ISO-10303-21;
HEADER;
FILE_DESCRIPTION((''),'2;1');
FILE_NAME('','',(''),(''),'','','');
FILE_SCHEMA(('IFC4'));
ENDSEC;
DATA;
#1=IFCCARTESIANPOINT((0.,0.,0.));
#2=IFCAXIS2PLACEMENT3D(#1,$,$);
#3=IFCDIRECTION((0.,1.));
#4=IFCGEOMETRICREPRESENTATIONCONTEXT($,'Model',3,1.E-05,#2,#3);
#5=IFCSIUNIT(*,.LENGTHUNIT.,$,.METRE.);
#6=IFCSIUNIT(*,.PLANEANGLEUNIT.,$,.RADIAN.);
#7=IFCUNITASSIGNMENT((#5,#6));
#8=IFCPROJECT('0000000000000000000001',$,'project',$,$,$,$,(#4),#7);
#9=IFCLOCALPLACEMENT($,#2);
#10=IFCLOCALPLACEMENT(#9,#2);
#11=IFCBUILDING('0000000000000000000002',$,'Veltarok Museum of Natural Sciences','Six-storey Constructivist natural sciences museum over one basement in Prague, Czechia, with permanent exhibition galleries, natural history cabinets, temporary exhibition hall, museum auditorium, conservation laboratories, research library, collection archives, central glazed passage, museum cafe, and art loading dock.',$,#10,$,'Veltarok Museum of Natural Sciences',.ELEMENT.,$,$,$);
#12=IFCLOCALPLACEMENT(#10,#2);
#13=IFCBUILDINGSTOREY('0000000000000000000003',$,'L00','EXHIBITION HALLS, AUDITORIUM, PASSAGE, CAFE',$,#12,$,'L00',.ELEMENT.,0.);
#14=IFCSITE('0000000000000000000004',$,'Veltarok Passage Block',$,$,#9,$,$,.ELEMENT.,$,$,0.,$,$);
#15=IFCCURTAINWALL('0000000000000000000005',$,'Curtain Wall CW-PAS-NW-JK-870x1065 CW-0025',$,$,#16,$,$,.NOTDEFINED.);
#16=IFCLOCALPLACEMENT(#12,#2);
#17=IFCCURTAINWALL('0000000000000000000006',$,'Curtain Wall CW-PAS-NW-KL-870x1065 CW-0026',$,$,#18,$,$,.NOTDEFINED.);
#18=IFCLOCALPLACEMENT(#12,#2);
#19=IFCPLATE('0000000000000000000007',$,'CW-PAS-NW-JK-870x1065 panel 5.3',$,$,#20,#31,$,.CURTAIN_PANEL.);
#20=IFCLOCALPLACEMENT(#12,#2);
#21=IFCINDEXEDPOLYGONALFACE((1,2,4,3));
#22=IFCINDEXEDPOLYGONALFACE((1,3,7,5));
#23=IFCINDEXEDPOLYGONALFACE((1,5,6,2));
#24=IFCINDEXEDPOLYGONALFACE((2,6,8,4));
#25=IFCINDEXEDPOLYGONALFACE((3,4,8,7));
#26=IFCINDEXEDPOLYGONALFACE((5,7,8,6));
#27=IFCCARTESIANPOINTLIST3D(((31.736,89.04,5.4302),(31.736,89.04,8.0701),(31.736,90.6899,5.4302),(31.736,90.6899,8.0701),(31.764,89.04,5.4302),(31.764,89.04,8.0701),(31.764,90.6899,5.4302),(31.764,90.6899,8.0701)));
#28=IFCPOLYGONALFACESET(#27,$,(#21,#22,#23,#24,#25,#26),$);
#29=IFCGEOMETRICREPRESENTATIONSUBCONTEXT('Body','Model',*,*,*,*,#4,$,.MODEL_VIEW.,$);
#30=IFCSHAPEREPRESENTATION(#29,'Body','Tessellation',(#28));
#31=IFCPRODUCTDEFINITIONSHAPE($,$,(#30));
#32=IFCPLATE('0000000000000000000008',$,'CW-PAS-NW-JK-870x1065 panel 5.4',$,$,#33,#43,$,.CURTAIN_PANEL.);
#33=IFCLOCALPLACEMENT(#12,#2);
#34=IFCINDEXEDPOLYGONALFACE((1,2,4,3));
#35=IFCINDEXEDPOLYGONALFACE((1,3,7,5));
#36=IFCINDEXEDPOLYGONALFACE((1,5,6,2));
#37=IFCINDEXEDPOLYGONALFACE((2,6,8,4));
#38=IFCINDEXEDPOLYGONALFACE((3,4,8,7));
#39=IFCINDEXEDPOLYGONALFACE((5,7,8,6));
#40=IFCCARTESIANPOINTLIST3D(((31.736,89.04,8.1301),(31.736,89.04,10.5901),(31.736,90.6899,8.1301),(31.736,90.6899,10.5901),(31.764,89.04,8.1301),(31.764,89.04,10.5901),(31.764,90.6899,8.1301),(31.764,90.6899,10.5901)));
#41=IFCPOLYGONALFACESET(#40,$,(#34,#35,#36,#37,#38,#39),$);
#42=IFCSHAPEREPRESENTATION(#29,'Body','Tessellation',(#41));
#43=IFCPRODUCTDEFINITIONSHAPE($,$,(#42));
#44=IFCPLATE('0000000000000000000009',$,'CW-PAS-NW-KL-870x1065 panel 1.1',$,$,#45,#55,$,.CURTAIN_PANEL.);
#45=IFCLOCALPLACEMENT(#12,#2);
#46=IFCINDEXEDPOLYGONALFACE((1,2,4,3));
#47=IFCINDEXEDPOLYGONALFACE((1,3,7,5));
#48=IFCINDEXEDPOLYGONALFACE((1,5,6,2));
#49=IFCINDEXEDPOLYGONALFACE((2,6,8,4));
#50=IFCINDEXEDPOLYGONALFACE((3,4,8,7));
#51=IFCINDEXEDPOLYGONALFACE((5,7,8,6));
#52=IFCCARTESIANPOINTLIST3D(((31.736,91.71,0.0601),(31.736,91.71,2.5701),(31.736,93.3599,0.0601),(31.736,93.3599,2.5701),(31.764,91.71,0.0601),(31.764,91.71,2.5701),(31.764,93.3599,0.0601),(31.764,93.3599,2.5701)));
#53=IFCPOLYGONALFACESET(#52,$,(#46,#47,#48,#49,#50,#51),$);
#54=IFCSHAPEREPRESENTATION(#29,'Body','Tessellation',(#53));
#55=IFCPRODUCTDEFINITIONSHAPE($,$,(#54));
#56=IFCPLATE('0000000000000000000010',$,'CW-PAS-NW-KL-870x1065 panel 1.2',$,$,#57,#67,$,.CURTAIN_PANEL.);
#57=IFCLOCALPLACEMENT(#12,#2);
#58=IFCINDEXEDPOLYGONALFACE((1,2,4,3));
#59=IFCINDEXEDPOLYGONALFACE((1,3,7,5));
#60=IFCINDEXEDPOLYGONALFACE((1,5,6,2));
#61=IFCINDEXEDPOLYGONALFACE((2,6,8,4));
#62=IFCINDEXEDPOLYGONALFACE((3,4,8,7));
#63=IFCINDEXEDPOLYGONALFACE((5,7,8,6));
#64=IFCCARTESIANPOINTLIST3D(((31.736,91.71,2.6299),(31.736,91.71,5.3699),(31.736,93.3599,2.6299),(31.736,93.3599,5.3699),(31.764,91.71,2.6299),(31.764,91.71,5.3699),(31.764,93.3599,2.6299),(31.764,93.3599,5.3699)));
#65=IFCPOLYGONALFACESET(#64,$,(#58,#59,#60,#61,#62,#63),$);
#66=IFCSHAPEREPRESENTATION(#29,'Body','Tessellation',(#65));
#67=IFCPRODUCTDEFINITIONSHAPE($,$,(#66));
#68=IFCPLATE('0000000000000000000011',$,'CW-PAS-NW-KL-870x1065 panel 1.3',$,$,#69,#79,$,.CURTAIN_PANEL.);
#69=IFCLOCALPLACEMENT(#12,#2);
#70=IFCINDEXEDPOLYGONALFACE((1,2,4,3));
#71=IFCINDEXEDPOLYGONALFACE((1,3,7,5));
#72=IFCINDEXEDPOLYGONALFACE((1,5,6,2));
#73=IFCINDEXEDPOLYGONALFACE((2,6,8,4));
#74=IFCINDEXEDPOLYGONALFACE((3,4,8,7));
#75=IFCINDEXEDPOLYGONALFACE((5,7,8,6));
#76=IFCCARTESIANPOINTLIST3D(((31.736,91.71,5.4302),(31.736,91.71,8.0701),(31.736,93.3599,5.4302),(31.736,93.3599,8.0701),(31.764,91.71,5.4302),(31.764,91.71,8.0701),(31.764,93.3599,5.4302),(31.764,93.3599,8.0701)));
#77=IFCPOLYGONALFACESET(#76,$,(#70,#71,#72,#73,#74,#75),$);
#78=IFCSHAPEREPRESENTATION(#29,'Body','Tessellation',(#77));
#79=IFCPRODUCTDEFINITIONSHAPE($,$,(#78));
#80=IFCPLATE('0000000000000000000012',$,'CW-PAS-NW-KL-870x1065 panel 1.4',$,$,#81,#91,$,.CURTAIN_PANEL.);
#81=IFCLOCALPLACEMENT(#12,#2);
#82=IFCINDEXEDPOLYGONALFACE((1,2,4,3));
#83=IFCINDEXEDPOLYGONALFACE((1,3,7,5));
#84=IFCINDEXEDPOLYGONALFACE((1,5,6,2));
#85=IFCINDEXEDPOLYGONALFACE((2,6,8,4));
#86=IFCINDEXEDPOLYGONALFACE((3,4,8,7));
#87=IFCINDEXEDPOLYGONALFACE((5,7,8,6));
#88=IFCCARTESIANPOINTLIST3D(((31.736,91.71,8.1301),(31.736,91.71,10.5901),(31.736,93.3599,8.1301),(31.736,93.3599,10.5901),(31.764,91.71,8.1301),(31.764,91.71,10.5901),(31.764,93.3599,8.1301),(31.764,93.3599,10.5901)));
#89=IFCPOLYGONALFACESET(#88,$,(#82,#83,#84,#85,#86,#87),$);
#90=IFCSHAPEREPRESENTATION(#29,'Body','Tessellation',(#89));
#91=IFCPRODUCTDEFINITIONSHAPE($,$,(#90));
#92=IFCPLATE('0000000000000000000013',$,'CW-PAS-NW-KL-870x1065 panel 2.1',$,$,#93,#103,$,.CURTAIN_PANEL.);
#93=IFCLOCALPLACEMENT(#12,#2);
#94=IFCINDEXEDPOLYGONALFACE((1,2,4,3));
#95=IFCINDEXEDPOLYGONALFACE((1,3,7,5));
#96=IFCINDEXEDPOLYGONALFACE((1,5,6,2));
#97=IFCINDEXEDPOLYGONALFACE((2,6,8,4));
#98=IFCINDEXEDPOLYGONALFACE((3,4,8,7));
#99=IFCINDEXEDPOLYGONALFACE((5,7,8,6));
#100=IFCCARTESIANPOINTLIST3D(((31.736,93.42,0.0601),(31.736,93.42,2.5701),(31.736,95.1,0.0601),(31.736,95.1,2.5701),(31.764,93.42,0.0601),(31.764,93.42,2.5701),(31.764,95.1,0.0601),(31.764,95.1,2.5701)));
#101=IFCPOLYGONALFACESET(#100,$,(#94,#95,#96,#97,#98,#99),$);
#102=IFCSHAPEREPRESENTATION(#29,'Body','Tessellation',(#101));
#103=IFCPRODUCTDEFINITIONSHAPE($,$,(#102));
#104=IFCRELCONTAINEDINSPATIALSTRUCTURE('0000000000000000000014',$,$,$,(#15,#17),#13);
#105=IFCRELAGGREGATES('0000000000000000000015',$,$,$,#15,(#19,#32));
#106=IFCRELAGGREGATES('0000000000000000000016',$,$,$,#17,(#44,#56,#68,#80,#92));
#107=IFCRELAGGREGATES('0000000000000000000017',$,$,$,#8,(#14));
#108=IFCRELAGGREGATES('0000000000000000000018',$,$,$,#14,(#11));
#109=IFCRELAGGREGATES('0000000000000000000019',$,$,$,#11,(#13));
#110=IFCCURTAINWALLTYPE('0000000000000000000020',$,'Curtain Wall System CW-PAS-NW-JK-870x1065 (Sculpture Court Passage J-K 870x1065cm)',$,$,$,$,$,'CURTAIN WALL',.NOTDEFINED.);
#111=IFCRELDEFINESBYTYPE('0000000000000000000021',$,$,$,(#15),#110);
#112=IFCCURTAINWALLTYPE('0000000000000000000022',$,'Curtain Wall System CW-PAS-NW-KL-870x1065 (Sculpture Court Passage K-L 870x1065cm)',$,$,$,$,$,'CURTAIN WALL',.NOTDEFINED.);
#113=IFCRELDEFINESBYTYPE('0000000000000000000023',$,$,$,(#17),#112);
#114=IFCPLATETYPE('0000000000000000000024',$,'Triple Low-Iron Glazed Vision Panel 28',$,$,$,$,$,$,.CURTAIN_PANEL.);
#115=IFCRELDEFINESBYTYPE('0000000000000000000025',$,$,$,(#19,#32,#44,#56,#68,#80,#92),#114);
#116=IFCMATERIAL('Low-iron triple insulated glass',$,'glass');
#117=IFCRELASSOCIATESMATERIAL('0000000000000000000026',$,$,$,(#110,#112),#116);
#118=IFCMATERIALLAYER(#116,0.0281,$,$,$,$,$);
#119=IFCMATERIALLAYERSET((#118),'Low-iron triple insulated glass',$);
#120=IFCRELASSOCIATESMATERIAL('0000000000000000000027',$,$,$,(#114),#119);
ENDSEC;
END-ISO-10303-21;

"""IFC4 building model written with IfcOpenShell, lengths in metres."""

from ifc_helpers import new_model, si_unit, direction, frame, origin, origin_2d, place, context, subcontext, project, spatial, rectangle, extrude, material, layer, layer_set, type_object, element, aggregate, save


model = new_model("IFC4")

# Units and contexts
model_context = context("Model", 3, precision=1e-05, world=origin(), true_north=direction((0.0, 1.0)))
body_context = subcontext(model_context, "Body", "Model", "MODEL_VIEW")
ifc_project = project(units=[si_unit("LENGTHUNIT", "METRE"), si_unit("PLANEANGLEUNIT", "RADIAN")], contexts=[model_context])

# Site, building, storey
site_placement = place(None, origin())
site = spatial("IfcSite", under=ifc_project, at=site_placement, Name="Veltarok Passage Block", CompositionType="ELEMENT", RefElevation=0.0)
building_placement = place(site_placement, origin())
building = spatial("IfcBuilding", under=site, at=building_placement, Name="Veltarok Museum of Natural Sciences", Description="Six-storey Constructivist natural sciences museum over one basement in Prague, Czechia, with permanent exhibition galleries, natural history cabinets, temporary exhibition hall, museum auditorium, conservation laboratories, research library, collection archives, central glazed passage, museum cafe, and art loading dock.", LongName="Veltarok Museum of Natural Sciences", CompositionType="ELEMENT")
storey_placement = place(building_placement, origin())
storey = spatial("IfcBuildingStorey", under=building, at=storey_placement, Name="L00", Description="EXHIBITION HALLS, AUDITORIUM, PASSAGE, CAFE", LongName="L00", CompositionType="ELEMENT", Elevation=0.0)

# Curtain walls
ifc_material_1 = material(Name="Low-iron triple insulated glass", Category="glass")
curtain_wall_type_1 = type_object("IfcCurtainWallType", Name="Curtain Wall System CW-PAS-NW-JK-870x1065 (Sculpture Court Passage J-K 870x1065cm)", ElementType="CURTAIN WALL", PredefinedType="NOTDEFINED", material=ifc_material_1)
curtain_wall_1_placement = place(storey_placement, origin())
curtain_wall_1 = element("IfcCurtainWall", 1, at=curtain_wall_1_placement, inside=storey, type_object=curtain_wall_type_1, Name="Curtain Wall CW-PAS-NW-JK-870x1065 CW-0025", PredefinedType="NOTDEFINED")
curtain_wall_type_2 = type_object("IfcCurtainWallType", Name="Curtain Wall System CW-PAS-NW-KL-870x1065 (Sculpture Court Passage K-L 870x1065cm)", ElementType="CURTAIN WALL", PredefinedType="NOTDEFINED", material=ifc_material_1)
curtain_wall_2_placement = place(storey_placement, origin())
curtain_wall_2 = element("IfcCurtainWall", 2, at=curtain_wall_2_placement, inside=storey, type_object=curtain_wall_type_2, Name="Curtain Wall CW-PAS-NW-KL-870x1065 CW-0026", PredefinedType="NOTDEFINED")

# Plates
ifc_layer = layer(ifc_material_1, 0.0281)
ifc_layer_set = layer_set([ifc_layer], Name="Low-iron triple insulated glass")
plate_type = type_object("IfcPlateType", Name="Triple Low-Iron Glazed Vision Panel 28", PredefinedType="CURTAIN_PANEL", material=ifc_layer_set)
plate_1_placement = place(storey_placement, frame((31.75, 89.865, 5.4302), z_axis=(0.0, 0.0, 1.0), x_axis=(0.0, 1.0, 0.0)))
plate_1 = element("IfcPlate", 3, at=plate_1_placement, type_object=plate_type, Name="CW-PAS-NW-JK-870x1065 panel 5.3", PredefinedType="CURTAIN_PANEL", context=body_context, shape_type="SweptSolid", body=[
    extrude(rectangle(XDim=1.6499, YDim=0.0281, at=origin_2d()), origin(), (0.0, 0.0, 1.0), 2.6399),
])
plate_2_placement = place(storey_placement, frame((31.75, 89.865, 8.1301), z_axis=(0.0, 0.0, 1.0), x_axis=(0.0, 1.0, 0.0)))
plate_2 = element("IfcPlate", 4, at=plate_2_placement, type_object=plate_type, Name="CW-PAS-NW-JK-870x1065 panel 5.4", PredefinedType="CURTAIN_PANEL", context=body_context, shape_type="SweptSolid", body=[
    extrude(rectangle(XDim=1.6499, YDim=0.0281, at=origin_2d()), origin(), (0.0, 0.0, 1.0), 2.46),
])
aggregate(curtain_wall_1, [plate_1, plate_2])
plate_3_placement = place(storey_placement, frame((31.75, 92.5349, 0.0601), z_axis=(0.0, 0.0, 1.0), x_axis=(0.0, 1.0, 0.0)))
plate_3 = element("IfcPlate", 5, at=plate_3_placement, type_object=plate_type, Name="CW-PAS-NW-KL-870x1065 panel 1.1", PredefinedType="CURTAIN_PANEL", context=body_context, shape_type="SweptSolid", body=[
    extrude(rectangle(XDim=1.6499, YDim=0.0281, at=origin_2d()), origin(), (0.0, 0.0, 1.0), 2.51),
])
plate_4_placement = place(storey_placement, frame((31.75, 92.5349, 2.6299), z_axis=(0.0, 0.0, 1.0), x_axis=(0.0, 1.0, 0.0)))
plate_4 = element("IfcPlate", 6, at=plate_4_placement, type_object=plate_type, Name="CW-PAS-NW-KL-870x1065 panel 1.2", PredefinedType="CURTAIN_PANEL", context=body_context, shape_type="SweptSolid", body=[
    extrude(rectangle(XDim=1.6499, YDim=0.0281, at=origin_2d()), origin(), (0.0, 0.0, 1.0), 2.74),
])
plate_5_placement = place(storey_placement, frame((31.75, 92.5349, 5.4302), z_axis=(0.0, 0.0, 1.0), x_axis=(0.0, 1.0, 0.0)))
plate_5 = element("IfcPlate", 7, at=plate_5_placement, type_object=plate_type, Name="CW-PAS-NW-KL-870x1065 panel 1.3", PredefinedType="CURTAIN_PANEL", context=body_context, shape_type="SweptSolid", body=[
    extrude(rectangle(XDim=1.6499, YDim=0.0281, at=origin_2d()), origin(), (0.0, 0.0, 1.0), 2.6399),
])
plate_6_placement = place(storey_placement, frame((31.75, 92.5349, 8.1301), z_axis=(0.0, 0.0, 1.0), x_axis=(0.0, 1.0, 0.0)))
plate_6 = element("IfcPlate", 8, at=plate_6_placement, type_object=plate_type, Name="CW-PAS-NW-KL-870x1065 panel 1.4", PredefinedType="CURTAIN_PANEL", context=body_context, shape_type="SweptSolid", body=[
    extrude(rectangle(XDim=1.6499, YDim=0.0281, at=origin_2d()), origin(), (0.0, 0.0, 1.0), 2.46),
])
plate_7_placement = place(storey_placement, frame((31.75, 94.26, 0.0601), z_axis=(0.0, 0.0, 1.0), x_axis=(0.0, 1.0, 0.0)))
plate_7 = element("IfcPlate", 9, at=plate_7_placement, type_object=plate_type, Name="CW-PAS-NW-KL-870x1065 panel 2.1", PredefinedType="CURTAIN_PANEL", context=body_context, shape_type="SweptSolid", body=[
    extrude(rectangle(XDim=1.6799, YDim=0.0281, at=origin_2d()), origin(), (0.0, 0.0, 1.0), 2.51),
])
aggregate(curtain_wall_2, [plate_3, plate_4, plate_5, plate_6, plate_7])

save(model, "model.ifc")
